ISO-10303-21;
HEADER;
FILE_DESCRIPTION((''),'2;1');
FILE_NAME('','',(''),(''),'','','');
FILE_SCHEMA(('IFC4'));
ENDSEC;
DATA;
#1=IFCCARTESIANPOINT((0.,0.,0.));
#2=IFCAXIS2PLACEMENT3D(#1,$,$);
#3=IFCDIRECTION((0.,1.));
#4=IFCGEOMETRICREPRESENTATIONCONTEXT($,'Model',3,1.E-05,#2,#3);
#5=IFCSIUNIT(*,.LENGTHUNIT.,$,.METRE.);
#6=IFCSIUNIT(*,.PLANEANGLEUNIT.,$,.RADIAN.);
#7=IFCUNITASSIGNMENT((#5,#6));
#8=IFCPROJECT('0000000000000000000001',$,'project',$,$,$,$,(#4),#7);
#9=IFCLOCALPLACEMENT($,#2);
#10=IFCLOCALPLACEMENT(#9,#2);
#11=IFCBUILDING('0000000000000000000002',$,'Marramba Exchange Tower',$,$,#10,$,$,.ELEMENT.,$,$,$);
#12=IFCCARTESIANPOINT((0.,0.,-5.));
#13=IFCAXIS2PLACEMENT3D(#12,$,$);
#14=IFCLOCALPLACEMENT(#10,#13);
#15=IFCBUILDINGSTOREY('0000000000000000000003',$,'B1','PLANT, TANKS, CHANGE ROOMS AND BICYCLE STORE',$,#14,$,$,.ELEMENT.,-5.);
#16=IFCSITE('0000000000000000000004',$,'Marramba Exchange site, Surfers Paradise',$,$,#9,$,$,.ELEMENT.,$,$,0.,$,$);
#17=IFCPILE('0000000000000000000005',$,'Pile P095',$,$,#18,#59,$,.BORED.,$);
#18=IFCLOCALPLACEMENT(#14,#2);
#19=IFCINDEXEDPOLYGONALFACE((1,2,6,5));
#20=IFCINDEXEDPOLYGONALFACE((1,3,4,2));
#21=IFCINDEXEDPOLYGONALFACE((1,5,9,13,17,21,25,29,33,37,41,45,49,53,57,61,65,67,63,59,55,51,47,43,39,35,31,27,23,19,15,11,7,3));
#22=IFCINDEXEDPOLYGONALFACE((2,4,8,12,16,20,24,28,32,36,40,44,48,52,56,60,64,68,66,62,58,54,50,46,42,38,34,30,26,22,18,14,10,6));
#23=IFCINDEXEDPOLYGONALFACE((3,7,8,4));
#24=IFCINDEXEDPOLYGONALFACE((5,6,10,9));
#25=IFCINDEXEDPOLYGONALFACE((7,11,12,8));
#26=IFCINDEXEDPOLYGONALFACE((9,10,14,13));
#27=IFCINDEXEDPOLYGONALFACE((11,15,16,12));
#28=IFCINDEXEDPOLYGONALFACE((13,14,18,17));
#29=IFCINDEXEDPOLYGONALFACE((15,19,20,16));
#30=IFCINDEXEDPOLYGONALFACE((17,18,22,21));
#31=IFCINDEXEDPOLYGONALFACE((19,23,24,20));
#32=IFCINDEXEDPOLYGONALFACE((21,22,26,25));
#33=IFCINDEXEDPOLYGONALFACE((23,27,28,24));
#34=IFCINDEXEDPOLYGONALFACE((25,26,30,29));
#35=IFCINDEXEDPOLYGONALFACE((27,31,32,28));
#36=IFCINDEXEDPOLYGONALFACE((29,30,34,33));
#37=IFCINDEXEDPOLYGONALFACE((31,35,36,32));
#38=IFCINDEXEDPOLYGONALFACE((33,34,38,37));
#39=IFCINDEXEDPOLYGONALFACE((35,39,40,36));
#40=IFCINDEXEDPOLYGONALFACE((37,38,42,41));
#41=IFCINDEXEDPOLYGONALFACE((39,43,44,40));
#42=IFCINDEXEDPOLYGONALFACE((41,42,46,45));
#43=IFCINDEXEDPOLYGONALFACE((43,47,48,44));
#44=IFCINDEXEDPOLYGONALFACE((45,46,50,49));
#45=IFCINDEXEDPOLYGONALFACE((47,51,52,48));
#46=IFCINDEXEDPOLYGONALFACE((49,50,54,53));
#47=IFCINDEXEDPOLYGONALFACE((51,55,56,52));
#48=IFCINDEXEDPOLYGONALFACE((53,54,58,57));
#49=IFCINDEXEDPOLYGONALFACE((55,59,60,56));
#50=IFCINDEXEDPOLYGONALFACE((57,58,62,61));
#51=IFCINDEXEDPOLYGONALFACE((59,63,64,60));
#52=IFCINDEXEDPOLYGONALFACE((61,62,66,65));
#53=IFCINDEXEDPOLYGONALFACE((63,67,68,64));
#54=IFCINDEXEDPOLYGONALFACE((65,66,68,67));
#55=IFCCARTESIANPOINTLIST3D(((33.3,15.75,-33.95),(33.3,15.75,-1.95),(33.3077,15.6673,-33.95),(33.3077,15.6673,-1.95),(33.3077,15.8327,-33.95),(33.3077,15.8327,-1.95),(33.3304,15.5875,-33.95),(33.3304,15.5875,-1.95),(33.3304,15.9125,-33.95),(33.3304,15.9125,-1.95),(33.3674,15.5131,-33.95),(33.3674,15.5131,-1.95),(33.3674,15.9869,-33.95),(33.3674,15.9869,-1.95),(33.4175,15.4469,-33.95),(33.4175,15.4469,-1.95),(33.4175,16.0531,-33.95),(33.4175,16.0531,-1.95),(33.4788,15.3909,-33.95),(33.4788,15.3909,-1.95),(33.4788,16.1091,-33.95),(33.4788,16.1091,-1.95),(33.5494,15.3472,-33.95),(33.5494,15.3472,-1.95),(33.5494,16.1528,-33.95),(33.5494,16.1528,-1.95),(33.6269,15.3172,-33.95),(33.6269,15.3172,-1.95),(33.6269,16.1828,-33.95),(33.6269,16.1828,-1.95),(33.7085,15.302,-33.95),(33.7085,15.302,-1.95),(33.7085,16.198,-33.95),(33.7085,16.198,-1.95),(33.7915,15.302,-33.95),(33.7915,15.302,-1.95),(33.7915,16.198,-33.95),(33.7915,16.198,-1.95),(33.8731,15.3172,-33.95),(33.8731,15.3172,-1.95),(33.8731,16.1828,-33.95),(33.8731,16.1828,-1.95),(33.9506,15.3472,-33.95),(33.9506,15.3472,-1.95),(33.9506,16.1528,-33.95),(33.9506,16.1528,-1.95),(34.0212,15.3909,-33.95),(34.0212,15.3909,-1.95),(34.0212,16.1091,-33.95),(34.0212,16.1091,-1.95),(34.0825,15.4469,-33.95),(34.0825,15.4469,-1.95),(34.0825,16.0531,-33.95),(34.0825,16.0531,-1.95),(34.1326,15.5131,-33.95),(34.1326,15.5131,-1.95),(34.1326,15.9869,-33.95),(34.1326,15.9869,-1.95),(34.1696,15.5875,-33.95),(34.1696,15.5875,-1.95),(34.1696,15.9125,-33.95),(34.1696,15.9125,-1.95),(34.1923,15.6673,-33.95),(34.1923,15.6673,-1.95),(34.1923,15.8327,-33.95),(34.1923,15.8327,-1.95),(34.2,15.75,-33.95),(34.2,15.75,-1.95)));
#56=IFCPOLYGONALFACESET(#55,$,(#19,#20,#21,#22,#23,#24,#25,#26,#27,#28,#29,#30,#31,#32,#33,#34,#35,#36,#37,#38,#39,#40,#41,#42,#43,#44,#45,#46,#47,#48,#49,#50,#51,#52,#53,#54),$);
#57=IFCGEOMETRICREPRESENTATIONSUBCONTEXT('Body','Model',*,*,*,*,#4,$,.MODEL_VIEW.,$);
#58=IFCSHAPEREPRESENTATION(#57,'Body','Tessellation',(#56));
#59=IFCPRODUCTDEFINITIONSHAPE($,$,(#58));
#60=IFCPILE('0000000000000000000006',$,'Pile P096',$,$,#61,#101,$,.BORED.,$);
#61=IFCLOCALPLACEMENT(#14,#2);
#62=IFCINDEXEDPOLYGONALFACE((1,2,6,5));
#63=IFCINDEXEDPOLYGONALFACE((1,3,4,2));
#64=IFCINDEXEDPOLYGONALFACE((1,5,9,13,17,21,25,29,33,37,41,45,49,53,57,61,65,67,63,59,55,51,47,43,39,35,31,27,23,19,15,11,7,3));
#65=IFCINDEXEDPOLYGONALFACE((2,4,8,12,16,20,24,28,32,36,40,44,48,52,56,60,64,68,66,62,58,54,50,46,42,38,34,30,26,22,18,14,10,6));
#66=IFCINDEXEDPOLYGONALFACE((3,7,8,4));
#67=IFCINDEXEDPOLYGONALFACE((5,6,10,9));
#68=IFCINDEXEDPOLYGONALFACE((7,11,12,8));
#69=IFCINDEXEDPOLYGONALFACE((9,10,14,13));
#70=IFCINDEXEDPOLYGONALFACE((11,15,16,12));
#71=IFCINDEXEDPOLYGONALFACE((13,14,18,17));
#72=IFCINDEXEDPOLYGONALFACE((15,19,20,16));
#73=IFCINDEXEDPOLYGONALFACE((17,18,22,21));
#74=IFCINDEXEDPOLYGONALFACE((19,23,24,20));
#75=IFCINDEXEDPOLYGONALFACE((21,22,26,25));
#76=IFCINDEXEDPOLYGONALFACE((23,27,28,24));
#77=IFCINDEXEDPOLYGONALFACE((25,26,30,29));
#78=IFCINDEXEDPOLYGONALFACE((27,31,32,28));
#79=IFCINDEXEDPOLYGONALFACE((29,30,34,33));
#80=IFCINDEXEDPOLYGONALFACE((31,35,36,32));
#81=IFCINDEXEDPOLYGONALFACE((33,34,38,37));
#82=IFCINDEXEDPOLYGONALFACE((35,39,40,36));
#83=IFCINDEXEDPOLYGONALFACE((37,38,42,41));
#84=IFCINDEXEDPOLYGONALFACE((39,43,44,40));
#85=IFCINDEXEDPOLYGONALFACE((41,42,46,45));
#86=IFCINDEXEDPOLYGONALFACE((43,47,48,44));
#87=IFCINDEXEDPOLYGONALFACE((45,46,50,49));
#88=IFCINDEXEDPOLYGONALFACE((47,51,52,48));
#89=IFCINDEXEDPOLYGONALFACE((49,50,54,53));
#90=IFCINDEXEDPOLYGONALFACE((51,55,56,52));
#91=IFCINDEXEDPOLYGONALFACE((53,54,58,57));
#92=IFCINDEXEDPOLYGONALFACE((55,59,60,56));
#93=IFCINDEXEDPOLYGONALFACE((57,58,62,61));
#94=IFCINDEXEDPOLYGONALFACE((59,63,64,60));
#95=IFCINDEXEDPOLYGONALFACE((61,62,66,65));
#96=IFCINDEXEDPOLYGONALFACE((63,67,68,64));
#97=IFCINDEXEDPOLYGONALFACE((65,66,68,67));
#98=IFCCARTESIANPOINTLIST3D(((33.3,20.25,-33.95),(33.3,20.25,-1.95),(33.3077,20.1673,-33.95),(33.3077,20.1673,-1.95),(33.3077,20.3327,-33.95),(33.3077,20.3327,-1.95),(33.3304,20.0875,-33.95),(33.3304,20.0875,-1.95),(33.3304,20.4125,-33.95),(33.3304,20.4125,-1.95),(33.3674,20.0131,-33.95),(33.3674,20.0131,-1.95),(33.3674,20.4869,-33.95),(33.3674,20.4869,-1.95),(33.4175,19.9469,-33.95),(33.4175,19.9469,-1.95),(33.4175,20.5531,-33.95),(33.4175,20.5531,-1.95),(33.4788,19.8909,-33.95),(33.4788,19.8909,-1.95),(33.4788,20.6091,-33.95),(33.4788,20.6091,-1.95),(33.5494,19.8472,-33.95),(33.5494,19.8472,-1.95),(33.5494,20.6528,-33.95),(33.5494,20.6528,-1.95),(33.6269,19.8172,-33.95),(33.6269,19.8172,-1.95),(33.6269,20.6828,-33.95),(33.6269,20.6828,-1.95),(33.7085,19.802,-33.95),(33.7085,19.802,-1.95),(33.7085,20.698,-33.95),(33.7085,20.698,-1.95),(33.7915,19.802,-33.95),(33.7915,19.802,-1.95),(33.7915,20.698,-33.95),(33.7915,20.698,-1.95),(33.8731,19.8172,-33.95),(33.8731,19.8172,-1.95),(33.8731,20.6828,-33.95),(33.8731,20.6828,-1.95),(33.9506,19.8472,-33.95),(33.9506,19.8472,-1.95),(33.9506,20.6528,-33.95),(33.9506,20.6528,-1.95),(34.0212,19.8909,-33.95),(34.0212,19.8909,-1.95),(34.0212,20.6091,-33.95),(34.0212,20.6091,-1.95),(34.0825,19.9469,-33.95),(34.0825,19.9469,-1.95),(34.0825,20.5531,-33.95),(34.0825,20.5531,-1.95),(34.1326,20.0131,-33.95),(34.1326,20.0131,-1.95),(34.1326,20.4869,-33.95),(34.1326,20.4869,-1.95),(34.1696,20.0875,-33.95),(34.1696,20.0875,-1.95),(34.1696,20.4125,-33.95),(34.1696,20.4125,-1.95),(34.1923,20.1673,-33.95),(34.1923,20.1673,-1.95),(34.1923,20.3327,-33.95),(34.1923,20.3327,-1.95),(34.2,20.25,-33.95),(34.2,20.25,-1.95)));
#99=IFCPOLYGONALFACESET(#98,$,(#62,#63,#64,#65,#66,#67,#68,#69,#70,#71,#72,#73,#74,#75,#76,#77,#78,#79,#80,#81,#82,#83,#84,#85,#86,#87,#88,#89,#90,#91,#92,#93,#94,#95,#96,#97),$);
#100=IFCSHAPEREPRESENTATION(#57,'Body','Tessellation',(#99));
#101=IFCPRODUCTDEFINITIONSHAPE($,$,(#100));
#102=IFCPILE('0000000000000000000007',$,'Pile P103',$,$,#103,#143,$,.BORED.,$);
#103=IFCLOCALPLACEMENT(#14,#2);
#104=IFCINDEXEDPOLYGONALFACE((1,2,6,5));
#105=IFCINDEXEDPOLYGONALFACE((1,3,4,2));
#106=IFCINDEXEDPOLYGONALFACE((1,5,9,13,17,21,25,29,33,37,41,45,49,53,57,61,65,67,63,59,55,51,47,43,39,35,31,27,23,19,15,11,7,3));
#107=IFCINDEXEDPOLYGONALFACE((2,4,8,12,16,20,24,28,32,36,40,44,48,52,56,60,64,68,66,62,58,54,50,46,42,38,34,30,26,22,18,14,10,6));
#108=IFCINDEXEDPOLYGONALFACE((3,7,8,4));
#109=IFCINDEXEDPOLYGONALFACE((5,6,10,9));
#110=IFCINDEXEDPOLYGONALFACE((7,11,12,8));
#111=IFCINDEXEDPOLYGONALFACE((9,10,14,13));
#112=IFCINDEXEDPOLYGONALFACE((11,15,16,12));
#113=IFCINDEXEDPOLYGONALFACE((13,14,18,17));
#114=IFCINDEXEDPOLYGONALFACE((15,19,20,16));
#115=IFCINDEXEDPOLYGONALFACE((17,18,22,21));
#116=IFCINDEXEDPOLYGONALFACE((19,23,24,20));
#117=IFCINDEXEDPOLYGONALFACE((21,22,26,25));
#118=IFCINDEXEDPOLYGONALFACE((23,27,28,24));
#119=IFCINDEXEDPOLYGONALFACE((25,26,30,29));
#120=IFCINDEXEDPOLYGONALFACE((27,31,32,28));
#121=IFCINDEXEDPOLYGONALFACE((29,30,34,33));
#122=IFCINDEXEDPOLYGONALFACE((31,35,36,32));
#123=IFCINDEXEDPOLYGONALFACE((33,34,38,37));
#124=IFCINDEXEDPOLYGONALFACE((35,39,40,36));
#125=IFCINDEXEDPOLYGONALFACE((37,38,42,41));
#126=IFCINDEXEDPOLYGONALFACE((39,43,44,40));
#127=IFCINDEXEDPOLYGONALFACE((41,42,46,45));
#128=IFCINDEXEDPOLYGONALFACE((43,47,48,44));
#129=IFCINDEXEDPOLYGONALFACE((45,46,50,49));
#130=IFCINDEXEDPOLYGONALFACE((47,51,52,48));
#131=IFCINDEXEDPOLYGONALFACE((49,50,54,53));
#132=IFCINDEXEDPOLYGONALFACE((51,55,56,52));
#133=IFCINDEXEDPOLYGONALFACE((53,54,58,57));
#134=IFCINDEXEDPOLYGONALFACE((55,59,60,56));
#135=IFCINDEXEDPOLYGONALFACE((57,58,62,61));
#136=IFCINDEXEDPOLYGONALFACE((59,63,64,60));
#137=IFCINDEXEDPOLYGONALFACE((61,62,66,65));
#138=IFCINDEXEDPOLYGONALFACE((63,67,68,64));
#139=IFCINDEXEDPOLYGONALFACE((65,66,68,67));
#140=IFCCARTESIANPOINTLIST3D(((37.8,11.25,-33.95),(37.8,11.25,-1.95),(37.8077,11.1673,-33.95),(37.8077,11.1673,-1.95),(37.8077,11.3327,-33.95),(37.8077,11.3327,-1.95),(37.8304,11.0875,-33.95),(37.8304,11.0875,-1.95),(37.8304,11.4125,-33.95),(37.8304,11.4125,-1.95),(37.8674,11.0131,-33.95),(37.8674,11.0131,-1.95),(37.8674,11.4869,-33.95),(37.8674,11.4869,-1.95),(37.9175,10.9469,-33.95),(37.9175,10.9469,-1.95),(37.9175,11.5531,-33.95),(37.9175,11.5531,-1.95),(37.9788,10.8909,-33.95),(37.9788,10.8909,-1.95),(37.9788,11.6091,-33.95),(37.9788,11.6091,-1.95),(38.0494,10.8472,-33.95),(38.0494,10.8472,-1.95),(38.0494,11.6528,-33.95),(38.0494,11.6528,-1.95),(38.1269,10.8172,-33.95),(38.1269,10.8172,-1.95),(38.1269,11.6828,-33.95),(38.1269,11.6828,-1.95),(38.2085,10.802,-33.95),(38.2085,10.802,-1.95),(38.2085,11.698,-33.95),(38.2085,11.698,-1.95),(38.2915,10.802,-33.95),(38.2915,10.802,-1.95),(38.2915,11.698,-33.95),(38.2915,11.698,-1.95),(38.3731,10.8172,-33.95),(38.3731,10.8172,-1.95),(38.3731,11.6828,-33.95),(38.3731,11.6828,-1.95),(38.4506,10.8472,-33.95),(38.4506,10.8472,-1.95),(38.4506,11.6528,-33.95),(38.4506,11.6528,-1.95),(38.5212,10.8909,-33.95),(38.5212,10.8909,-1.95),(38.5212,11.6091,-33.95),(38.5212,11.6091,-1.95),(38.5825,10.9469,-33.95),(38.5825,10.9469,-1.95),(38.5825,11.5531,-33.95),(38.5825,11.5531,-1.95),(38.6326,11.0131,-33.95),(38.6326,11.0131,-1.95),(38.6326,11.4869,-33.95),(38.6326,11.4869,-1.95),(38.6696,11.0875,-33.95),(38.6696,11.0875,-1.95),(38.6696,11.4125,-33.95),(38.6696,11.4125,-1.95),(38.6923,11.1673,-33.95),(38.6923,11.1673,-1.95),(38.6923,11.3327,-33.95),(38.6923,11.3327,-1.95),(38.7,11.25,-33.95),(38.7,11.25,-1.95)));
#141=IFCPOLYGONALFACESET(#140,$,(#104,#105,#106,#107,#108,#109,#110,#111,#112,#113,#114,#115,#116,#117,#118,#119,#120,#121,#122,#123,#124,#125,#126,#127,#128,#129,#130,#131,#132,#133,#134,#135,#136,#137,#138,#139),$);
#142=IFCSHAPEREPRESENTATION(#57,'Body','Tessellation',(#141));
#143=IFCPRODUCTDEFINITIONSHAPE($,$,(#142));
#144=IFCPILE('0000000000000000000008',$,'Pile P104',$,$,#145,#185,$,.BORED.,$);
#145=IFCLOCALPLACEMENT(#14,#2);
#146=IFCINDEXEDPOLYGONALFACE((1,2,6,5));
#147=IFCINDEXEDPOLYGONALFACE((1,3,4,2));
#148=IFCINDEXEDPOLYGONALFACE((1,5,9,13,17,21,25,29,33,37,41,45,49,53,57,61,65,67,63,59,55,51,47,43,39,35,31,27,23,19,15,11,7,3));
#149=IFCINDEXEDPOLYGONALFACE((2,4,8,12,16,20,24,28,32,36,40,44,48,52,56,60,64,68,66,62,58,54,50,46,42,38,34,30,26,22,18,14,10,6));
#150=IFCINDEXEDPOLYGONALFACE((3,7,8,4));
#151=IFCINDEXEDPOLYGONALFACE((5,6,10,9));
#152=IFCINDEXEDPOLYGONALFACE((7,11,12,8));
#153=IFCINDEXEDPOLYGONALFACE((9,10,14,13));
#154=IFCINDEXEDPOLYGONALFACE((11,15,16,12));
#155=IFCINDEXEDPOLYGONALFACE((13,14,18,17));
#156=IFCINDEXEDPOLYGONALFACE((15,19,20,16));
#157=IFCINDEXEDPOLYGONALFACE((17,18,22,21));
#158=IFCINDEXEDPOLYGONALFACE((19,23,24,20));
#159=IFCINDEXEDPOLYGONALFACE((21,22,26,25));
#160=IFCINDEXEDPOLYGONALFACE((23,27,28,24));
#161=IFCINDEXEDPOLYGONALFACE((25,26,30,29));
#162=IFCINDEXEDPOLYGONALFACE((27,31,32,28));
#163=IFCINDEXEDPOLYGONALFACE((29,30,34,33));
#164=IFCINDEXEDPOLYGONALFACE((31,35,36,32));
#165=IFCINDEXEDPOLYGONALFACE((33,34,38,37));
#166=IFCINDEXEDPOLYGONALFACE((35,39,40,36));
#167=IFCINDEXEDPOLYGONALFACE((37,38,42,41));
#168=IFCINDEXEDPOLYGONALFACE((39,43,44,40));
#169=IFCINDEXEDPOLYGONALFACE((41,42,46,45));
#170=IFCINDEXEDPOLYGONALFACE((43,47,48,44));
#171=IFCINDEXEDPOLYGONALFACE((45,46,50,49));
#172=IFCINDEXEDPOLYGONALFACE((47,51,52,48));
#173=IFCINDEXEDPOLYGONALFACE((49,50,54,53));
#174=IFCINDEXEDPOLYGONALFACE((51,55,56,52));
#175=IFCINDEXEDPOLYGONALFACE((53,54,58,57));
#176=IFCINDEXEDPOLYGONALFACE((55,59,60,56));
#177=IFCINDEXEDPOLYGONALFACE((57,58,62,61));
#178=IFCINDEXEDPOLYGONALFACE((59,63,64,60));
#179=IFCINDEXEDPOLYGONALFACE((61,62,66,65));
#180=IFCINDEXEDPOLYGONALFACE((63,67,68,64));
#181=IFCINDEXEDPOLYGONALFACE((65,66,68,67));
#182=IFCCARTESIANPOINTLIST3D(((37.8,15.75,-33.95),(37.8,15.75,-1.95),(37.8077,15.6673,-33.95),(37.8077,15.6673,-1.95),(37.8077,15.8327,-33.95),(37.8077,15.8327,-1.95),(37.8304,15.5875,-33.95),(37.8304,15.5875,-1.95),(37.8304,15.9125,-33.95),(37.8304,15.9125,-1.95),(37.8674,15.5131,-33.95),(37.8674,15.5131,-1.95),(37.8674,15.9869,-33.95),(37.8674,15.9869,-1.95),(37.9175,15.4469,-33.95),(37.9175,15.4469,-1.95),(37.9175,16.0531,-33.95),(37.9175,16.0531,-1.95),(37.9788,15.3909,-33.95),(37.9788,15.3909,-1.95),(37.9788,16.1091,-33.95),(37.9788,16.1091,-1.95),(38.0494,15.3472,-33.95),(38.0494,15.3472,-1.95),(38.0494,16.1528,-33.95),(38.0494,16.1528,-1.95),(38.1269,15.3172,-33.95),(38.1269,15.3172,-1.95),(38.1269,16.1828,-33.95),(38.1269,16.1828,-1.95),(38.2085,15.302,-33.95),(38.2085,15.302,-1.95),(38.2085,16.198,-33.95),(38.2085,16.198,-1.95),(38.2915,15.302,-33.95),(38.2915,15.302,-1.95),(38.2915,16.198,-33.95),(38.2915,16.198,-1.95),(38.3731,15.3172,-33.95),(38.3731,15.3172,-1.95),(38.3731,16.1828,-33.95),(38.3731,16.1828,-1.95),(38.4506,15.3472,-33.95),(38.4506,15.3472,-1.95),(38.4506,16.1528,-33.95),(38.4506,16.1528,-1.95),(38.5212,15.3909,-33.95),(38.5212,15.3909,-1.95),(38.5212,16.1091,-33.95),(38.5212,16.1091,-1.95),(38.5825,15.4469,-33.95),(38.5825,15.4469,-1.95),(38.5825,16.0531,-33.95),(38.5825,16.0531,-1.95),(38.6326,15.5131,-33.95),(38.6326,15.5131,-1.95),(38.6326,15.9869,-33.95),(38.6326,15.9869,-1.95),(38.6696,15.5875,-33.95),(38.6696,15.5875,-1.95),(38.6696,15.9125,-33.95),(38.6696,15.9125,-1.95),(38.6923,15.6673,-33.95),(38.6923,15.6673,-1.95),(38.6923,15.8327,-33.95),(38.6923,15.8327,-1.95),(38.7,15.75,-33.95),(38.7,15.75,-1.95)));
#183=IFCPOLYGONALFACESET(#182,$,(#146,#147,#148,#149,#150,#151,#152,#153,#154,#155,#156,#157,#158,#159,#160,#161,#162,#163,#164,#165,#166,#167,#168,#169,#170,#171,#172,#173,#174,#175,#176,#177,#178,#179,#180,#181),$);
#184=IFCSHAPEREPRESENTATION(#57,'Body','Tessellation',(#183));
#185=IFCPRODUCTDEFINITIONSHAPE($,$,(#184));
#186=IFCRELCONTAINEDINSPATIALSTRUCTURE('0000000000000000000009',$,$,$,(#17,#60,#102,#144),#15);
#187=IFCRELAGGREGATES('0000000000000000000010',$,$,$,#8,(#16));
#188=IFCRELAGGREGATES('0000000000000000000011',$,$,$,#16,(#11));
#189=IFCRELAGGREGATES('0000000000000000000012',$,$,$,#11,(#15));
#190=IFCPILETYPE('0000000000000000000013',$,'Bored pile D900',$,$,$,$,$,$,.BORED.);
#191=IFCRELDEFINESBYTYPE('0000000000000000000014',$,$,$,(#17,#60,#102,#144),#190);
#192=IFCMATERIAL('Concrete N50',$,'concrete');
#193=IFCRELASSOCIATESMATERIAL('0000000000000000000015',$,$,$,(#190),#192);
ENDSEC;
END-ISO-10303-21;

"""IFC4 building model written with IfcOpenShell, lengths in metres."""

from ifc_helpers import new_model, si_unit, direction, frame, origin, origin_2d, place, context, subcontext, project, spatial, circle, extrude, material, material_profile, profile_set, type_object, element, save


model = new_model("IFC4")

# Units and contexts
model_context = context("Model", 3, precision=1e-05, world=origin(), true_north=direction((0.0, 1.0)))
body_context = subcontext(model_context, "Body", "Model", "MODEL_VIEW")
ifc_project = project(units=[si_unit("LENGTHUNIT", "METRE"), si_unit("PLANEANGLEUNIT", "RADIAN")], contexts=[model_context])

# Site, building, storey
site_placement = place(None, origin())
site = spatial("IfcSite", under=ifc_project, at=site_placement, Name="Marramba Exchange site, Surfers Paradise", CompositionType="ELEMENT", RefElevation=0.0)
building_placement = place(site_placement, origin())
building = spatial("IfcBuilding", under=site, at=building_placement, Name="Marramba Exchange Tower", CompositionType="ELEMENT")
storey_placement = place(building_placement, frame((0.0, 0.0, -5.0)))
storey = spatial("IfcBuildingStorey", under=building, at=storey_placement, Name="B1", Description="PLANT, TANKS, CHANGE ROOMS AND BICYCLE STORE", CompositionType="ELEMENT", Elevation=-5.0)

# Piles
ifc_material_1 = material(Name="Concrete N50", Category="concrete")
ifc_material_profile_1 = material_profile(ifc_material_1, circle(Radius=0.45, at=origin_2d()), Name="BP D900")
ifc_profile_set_1 = profile_set([ifc_material_profile_1], Name="Concrete N50")
pile_type = type_object("IfcPileType", Name="Bored pile D900", PredefinedType="BORED", material=ifc_profile_set_1)
for number, where, z_axis, x_axis, name in (
    (1, (33.75, 15.75, -1.95), (0.0, 0.0, -1.0), (1.0, 0.0, 0.0), "Pile P095"),
    (2, (33.75, 20.25, -1.95), (0.0, 0.0, -1.0), (1.0, 0.0, 0.0), "Pile P096"),
    (3, (38.25, 11.25, -1.95), (0.0, 0.0, -1.0), (1.0, 0.0, 0.0), "Pile P103"),
    (4, (38.25, 15.75, -1.95), (0.0, 0.0, -1.0), (1.0, 0.0, 0.0), "Pile P104"),
):
    element("IfcPile", number, at=place(storey_placement, frame(where, z_axis=z_axis, x_axis=x_axis)), inside=storey, type_object=pile_type, Name=name, PredefinedType="BORED", context=body_context, shape_type="SweptSolid", body=[
        extrude(circle(Radius=0.45, at=origin_2d()), origin(), (0.0, 0.0, 1.0), 32.0),
    ])

save(model, "model.ifc")
